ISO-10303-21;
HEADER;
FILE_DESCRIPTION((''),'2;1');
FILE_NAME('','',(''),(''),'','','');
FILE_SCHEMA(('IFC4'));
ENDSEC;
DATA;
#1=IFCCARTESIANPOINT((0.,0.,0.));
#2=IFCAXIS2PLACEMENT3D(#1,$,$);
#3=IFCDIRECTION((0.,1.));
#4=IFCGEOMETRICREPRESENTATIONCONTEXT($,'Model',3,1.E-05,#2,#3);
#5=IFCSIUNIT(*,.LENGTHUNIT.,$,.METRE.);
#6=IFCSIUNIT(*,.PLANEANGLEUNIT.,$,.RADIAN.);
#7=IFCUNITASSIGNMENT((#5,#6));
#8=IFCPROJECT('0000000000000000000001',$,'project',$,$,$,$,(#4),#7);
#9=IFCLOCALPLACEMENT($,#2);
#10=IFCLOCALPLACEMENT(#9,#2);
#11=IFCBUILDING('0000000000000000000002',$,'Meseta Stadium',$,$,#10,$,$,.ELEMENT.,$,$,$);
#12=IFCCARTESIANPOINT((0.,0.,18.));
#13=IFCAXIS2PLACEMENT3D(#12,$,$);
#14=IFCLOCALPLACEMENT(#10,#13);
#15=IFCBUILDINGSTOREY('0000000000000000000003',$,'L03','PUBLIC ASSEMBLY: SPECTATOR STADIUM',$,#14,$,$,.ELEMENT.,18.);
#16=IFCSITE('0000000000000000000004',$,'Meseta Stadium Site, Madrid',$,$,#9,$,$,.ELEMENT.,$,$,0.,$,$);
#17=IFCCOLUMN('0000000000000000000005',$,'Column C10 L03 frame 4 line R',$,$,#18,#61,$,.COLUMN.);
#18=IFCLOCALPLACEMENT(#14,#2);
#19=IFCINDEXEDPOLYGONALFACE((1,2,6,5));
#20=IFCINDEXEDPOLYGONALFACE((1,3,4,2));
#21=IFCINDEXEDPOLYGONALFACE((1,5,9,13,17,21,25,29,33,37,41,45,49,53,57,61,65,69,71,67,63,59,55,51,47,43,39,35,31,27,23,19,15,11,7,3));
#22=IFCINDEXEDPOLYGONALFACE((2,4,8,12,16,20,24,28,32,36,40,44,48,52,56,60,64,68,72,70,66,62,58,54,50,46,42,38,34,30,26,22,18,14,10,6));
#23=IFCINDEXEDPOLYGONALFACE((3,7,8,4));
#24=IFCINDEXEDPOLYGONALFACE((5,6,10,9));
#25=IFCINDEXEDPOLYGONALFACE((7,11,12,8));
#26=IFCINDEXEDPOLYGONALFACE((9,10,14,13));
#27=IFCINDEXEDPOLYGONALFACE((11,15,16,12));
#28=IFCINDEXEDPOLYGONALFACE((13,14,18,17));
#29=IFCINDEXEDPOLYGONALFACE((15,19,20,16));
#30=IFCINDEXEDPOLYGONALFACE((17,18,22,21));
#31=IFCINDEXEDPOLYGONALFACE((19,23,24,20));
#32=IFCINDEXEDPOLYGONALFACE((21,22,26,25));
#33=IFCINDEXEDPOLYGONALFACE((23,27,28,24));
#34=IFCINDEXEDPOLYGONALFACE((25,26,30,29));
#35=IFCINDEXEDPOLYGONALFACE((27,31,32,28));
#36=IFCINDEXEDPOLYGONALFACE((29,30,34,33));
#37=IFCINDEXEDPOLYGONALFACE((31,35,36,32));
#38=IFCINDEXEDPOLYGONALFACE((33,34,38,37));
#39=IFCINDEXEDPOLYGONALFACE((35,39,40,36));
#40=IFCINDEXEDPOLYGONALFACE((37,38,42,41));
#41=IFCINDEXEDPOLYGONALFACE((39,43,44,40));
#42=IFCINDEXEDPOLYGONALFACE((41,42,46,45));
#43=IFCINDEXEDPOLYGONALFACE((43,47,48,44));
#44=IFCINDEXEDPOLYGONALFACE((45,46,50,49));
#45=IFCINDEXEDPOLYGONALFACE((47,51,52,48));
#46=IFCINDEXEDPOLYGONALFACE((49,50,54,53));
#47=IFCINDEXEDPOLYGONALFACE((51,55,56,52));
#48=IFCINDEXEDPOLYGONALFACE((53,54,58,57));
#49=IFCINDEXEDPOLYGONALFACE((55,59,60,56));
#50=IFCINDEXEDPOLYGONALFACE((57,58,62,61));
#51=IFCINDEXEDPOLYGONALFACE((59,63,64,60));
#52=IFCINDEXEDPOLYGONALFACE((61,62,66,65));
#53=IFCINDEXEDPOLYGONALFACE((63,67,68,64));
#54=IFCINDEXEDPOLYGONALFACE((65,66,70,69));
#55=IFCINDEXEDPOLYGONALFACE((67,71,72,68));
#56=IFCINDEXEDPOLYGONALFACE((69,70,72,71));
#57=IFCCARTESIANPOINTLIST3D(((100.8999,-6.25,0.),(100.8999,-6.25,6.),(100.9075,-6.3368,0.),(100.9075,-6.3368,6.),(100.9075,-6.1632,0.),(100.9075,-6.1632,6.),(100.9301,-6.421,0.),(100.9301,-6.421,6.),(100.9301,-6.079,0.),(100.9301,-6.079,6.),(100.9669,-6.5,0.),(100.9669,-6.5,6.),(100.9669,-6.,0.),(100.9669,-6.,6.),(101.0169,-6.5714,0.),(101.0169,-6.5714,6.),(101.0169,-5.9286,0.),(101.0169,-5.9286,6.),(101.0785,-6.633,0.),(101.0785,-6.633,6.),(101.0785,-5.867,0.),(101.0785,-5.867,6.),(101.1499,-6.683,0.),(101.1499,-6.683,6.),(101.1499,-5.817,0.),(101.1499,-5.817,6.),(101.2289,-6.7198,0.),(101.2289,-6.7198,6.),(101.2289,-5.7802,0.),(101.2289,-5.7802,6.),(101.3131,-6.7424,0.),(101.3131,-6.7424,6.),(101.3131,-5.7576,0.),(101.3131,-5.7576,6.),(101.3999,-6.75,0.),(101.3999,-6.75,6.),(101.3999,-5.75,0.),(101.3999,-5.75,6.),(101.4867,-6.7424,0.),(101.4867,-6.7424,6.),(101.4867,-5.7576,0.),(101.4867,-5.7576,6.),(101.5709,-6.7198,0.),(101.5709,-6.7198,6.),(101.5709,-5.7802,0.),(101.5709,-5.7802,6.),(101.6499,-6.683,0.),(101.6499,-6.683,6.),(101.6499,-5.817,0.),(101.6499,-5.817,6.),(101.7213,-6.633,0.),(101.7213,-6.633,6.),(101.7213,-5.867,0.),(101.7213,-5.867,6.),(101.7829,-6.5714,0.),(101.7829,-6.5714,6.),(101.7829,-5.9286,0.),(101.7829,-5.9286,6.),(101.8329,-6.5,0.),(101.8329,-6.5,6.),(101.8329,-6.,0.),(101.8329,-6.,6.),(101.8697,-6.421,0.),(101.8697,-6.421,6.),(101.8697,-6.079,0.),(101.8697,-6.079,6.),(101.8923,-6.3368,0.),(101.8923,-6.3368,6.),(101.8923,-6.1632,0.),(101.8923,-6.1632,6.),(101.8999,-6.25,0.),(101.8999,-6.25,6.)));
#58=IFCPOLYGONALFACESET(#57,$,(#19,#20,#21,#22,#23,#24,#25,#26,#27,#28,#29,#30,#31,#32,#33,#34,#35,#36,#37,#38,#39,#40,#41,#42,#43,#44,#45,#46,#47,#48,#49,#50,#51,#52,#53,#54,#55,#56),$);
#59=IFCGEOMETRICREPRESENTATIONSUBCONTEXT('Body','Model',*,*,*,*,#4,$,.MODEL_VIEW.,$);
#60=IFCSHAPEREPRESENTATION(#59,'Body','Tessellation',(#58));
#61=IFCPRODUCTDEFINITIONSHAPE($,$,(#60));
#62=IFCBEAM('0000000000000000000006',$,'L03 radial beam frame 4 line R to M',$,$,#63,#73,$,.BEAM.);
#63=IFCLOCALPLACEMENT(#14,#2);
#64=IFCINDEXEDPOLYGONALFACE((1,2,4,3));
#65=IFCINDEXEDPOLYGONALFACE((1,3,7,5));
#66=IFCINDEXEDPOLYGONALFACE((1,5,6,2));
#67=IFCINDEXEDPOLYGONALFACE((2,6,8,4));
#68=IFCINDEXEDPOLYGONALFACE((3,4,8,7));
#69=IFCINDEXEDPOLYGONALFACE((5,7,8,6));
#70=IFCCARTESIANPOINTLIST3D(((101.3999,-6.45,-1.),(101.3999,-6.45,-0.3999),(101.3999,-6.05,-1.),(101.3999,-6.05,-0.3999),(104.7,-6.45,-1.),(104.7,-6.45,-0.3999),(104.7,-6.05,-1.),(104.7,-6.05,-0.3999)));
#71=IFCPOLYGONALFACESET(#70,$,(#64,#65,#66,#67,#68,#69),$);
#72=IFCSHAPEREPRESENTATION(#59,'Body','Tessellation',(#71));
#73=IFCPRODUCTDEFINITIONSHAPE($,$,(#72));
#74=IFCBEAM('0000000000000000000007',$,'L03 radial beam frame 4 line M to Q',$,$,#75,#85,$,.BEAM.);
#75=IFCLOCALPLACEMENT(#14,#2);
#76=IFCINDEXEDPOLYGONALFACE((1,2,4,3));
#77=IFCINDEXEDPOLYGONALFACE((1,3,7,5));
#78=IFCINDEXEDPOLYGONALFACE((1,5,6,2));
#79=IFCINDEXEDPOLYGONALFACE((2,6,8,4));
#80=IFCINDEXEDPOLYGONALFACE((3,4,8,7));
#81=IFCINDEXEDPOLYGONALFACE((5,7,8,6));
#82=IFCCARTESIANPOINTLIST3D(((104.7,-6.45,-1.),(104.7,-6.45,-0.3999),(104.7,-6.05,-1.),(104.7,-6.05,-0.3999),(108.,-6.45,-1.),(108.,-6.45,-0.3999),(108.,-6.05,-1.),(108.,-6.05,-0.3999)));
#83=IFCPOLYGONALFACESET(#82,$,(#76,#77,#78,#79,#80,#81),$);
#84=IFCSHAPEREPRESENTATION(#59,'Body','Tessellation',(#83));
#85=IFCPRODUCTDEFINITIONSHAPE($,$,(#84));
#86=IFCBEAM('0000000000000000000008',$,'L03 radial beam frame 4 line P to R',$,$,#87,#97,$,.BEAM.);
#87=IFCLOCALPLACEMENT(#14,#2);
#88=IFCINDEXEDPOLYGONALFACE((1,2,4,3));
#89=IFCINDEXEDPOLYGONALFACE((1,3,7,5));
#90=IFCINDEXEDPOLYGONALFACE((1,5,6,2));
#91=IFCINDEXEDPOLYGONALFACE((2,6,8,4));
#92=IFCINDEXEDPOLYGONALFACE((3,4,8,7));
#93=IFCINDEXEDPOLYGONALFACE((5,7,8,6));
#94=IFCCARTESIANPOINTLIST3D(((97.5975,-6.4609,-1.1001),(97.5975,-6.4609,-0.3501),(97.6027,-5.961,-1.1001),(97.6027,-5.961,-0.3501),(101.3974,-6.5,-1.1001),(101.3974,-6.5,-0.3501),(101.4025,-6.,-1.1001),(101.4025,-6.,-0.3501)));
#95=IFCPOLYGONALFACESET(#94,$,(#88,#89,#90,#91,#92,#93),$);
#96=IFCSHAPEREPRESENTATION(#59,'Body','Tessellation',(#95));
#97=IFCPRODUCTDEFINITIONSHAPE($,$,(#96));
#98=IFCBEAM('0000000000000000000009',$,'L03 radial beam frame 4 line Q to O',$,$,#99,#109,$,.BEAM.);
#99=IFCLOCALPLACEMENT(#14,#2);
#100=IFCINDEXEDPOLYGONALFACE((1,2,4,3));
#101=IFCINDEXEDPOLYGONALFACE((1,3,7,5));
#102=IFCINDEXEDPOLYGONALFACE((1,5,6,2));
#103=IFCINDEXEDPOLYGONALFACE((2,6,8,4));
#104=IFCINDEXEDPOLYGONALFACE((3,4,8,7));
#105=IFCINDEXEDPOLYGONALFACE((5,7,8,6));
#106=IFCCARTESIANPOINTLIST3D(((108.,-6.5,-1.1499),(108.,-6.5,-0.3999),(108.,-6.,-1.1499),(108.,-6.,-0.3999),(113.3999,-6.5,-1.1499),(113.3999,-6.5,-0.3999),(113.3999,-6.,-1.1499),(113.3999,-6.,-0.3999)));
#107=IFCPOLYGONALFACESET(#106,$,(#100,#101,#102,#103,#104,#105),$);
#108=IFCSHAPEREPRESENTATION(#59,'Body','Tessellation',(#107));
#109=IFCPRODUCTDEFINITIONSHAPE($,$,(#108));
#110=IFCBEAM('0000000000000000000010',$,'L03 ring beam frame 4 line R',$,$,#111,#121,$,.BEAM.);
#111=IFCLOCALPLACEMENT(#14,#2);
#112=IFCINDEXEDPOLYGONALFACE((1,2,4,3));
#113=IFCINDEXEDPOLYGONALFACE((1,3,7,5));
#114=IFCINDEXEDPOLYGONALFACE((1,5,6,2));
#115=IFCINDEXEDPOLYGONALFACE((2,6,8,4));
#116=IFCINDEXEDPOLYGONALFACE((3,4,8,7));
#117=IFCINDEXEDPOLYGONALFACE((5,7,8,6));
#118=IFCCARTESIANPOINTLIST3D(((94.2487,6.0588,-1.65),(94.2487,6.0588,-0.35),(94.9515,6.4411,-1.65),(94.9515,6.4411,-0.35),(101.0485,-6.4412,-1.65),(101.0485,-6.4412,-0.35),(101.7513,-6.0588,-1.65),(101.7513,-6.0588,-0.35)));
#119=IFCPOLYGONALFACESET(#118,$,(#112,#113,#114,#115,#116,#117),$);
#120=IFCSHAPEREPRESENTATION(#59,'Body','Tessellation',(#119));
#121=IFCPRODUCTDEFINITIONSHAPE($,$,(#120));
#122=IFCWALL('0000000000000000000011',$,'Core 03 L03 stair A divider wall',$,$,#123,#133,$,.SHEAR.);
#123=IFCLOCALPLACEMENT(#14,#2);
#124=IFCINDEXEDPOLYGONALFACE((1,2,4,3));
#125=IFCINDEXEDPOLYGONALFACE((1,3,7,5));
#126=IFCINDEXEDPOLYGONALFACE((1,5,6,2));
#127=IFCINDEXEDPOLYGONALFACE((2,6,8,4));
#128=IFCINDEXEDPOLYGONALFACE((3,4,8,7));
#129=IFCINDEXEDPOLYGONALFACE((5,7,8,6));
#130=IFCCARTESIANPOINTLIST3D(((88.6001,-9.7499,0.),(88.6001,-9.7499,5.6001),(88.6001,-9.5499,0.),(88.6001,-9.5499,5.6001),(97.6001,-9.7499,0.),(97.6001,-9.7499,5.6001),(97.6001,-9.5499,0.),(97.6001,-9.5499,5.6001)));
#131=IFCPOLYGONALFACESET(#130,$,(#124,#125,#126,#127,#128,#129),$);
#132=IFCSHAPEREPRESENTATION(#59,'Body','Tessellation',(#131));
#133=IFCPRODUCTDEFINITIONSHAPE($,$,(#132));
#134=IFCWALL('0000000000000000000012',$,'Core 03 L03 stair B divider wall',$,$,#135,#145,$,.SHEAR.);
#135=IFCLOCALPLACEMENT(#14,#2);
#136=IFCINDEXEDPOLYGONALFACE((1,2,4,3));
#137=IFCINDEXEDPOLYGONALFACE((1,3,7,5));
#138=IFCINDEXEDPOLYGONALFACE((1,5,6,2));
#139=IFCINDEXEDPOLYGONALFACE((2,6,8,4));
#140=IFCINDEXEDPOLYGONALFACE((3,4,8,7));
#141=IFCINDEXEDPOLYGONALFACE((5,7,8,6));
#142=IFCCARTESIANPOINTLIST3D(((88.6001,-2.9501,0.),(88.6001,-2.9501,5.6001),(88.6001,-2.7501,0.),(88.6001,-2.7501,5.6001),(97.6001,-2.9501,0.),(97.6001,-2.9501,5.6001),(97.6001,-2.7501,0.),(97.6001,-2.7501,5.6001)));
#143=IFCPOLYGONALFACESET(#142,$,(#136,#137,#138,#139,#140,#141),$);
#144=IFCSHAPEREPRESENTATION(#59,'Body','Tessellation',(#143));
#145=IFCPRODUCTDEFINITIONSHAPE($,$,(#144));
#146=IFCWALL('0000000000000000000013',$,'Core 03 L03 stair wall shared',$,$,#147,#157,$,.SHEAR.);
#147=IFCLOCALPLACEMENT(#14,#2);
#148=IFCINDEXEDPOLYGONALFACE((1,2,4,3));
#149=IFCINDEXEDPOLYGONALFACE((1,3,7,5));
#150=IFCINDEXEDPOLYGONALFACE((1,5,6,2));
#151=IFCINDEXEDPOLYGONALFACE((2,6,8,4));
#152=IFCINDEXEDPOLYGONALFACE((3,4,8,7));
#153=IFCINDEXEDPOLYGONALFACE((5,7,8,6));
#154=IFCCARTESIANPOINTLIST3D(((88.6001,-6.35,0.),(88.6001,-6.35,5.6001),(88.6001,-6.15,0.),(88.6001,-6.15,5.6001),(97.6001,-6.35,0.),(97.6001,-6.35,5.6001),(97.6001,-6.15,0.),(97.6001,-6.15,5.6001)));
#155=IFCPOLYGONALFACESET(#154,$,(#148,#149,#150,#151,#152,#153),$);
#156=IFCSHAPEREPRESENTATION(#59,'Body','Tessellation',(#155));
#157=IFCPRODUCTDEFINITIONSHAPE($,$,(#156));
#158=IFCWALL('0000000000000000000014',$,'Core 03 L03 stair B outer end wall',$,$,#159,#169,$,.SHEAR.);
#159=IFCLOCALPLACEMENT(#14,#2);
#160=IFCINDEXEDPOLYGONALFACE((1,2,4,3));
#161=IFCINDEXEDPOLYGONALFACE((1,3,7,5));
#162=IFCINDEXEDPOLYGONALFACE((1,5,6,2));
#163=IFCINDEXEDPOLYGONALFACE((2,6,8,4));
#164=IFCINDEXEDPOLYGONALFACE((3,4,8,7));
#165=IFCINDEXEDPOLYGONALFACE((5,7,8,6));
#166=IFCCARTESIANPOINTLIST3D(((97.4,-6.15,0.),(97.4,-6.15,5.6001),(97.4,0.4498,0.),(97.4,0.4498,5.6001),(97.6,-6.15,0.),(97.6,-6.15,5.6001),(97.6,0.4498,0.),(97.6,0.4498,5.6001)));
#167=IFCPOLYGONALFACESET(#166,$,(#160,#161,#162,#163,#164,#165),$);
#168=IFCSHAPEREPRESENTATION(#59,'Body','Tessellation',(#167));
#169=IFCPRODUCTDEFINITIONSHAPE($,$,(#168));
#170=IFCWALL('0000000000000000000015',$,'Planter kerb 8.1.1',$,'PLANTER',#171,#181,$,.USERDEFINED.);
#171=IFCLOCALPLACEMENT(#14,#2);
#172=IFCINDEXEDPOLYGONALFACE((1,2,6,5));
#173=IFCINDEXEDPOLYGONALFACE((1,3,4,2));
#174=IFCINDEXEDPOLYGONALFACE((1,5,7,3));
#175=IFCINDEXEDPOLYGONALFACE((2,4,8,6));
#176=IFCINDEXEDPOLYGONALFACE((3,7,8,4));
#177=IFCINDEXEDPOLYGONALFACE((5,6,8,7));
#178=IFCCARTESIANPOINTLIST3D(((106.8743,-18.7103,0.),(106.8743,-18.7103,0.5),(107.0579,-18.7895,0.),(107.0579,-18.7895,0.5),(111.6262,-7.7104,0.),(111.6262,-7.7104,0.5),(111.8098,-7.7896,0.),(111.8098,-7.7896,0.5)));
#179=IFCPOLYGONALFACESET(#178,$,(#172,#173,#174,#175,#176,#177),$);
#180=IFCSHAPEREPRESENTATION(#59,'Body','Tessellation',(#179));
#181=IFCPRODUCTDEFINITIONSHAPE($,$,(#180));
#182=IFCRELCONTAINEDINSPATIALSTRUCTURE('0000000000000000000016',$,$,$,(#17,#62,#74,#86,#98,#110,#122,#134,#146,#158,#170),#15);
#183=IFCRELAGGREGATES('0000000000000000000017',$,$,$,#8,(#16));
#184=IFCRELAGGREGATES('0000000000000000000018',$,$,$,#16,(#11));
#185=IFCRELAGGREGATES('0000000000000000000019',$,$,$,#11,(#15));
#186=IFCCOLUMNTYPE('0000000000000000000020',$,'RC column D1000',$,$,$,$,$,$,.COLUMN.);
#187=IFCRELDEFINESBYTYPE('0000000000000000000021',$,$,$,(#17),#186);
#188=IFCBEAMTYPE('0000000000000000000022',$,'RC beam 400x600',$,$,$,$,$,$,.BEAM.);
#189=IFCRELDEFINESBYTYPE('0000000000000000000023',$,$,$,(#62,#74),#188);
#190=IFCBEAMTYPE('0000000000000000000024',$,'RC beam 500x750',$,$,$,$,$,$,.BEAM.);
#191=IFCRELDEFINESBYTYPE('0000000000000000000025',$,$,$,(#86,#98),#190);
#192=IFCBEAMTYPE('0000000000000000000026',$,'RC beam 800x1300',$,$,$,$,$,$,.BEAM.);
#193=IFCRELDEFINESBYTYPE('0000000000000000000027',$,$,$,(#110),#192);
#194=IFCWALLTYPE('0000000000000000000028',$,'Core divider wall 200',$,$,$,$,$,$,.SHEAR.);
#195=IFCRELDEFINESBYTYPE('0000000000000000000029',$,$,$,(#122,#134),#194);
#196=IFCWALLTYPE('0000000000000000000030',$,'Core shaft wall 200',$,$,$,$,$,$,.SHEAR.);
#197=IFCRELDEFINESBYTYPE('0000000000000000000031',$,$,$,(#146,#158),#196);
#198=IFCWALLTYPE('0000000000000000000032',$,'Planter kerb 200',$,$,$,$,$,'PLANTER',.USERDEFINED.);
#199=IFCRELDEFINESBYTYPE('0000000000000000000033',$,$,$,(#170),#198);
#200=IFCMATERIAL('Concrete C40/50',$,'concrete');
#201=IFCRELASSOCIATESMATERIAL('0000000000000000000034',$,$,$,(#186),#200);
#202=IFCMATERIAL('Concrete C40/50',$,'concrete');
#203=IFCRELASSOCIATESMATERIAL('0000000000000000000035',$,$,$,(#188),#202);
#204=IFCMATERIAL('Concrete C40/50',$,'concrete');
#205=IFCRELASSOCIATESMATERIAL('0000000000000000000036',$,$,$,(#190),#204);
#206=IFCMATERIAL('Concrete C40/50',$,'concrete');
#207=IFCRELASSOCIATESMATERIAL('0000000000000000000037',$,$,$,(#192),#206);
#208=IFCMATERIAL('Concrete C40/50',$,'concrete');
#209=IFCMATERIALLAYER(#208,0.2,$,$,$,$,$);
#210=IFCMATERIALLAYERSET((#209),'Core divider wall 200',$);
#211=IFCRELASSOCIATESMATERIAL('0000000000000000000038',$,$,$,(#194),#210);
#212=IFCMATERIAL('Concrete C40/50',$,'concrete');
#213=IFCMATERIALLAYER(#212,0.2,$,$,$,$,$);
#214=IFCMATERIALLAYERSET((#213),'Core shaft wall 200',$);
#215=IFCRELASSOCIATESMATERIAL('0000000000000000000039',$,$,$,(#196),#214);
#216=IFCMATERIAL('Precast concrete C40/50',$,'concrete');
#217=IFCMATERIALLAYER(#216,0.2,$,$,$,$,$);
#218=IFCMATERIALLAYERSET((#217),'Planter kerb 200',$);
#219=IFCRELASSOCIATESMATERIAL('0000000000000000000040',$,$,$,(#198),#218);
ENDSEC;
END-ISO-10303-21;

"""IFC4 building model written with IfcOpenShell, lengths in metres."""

from ifc_helpers import new_model, si_unit, direction, frame, frame_2d, origin, origin_2d, place, context, subcontext, project, spatial, rectangle, circle, extrude, material, layer, layer_set, material_profile, profile_set, type_object, element, save


model = new_model("IFC4")

# Units and contexts
model_context = context("Model", 3, precision=1e-05, world=origin(), true_north=direction((0.0, 1.0)))
body_context = subcontext(model_context, "Body", "Model", "MODEL_VIEW")
ifc_project = project(units=[si_unit("LENGTHUNIT", "METRE"), si_unit("PLANEANGLEUNIT", "RADIAN")], contexts=[model_context])

# Site, building, storey
site_placement = place(None, origin())
site = spatial("IfcSite", under=ifc_project, at=site_placement, Name="Meseta Stadium Site, Madrid", CompositionType="ELEMENT", RefElevation=0.0)
building_placement = place(site_placement, origin())
building = spatial("IfcBuilding", under=site, at=building_placement, Name="Meseta Stadium", CompositionType="ELEMENT")
storey_placement = place(building_placement, frame((0.0, 0.0, 18.0)))
storey = spatial("IfcBuildingStorey", under=building, at=storey_placement, Name="L03", Description="PUBLIC ASSEMBLY: SPECTATOR STADIUM", CompositionType="ELEMENT", Elevation=18.0)

# Column
ifc_material_1 = material(Name="Concrete C40/50", Category="concrete")
ifc_material_profile_1 = material_profile(ifc_material_1, circle(Radius=0.5, at=origin_2d()), Name="RC D1000")
ifc_profile_set_1 = profile_set([ifc_material_profile_1], Name="Concrete C40/50")
column_type = type_object("IfcColumnType", Name="RC column D1000", PredefinedType="COLUMN", material=ifc_profile_set_1)
column_placement = place(storey_placement, frame((101.3999, -6.25, 0.0), z_axis=(0.0, 0.0, 1.0), x_axis=(1.0, 0.0, 0.0)))
element("IfcColumn", 1, at=column_placement, inside=storey, type_object=column_type, Name="Column C10 L03 frame 4 line R", PredefinedType="COLUMN", context=body_context, shape_type="SweptSolid", body=[
    extrude(circle(Radius=0.5, at=origin_2d()), origin(), (0.0, 0.0, 1.0), 6.0),
])

# Beams
ifc_material_2 = material(Name="Concrete C40/50", Category="concrete")
ifc_material_profile_2 = material_profile(ifc_material_2, rectangle(XDim=0.3999, YDim=0.6001, at=origin_2d()), Name="RC 400x600")
ifc_profile_set_2 = profile_set([ifc_material_profile_2], Name="Concrete C40/50")
beam_type_1 = type_object("IfcBeamType", Name="RC beam 400x600", PredefinedType="BEAM", material=ifc_profile_set_2)
for number, where, z_axis, x_axis, name in (
    (2, (101.3999, -6.25, -0.7), (1.0, 0.0, 0.0), (0.0, 1.0, 0.0), "L03 radial beam frame 4 line R to M"),
    (3, (104.7, -6.25, -0.7), (1.0, 0.0, 0.0), (0.0, 1.0, 0.0), "L03 radial beam frame 4 line M to Q"),
):
    element("IfcBeam", number, at=place(storey_placement, frame(where, z_axis=z_axis, x_axis=x_axis)), inside=storey, type_object=beam_type_1, Name=name, PredefinedType="BEAM", context=body_context, shape_type="SweptSolid", body=[
        extrude(rectangle(XDim=0.3999, YDim=0.6001, at=origin_2d()), origin(), (0.0, 0.0, 1.0), 3.3),
    ])
ifc_material_3 = material(Name="Concrete C40/50", Category="concrete")
ifc_material_profile_3 = material_profile(ifc_material_3, rectangle(XDim=0.5, YDim=0.75, at=origin_2d()), Name="RC 500x750")
ifc_profile_set_3 = profile_set([ifc_material_profile_3], Name="Concrete C40/50")
beam_type_2 = type_object("IfcBeamType", Name="RC beam 500x750", PredefinedType="BEAM", material=ifc_profile_set_3)
beam_1_placement = place(storey_placement, frame((97.6001, -6.2109, -0.7251), z_axis=(0.999947, -0.01028, 0.0), x_axis=(0.01028, 0.999947, 0.0)))
element("IfcBeam", 4, at=beam_1_placement, inside=storey, type_object=beam_type_2, Name="L03 radial beam frame 4 line P to R", PredefinedType="BEAM", context=body_context, shape_type="SweptSolid", body=[
    extrude(rectangle(XDim=0.5, YDim=0.75, at=origin_2d()), origin(), (0.0, 0.0, 1.0), 3.8),
])
beam_2_placement = place(storey_placement, frame((108.0, -6.25, -0.7749), z_axis=(1.0, 0.0, 0.0), x_axis=(0.0, 1.0, 0.0)))
element("IfcBeam", 5, at=beam_2_placement, inside=storey, type_object=beam_type_2, Name="L03 radial beam frame 4 line Q to O", PredefinedType="BEAM", context=body_context, shape_type="SweptSolid", body=[
    extrude(rectangle(XDim=0.5, YDim=0.75, at=origin_2d()), origin(), (0.0, 0.0, 1.0), 5.3999),
])
ifc_material_4 = material(Name="Concrete C40/50", Category="concrete")
ifc_material_profile_4 = material_profile(ifc_material_4, rectangle(XDim=0.8, YDim=1.3, at=origin_2d()), Name="RC 800x1300")
ifc_profile_set_4 = profile_set([ifc_material_profile_4], Name="Concrete C40/50")
beam_type_3 = type_object("IfcBeamType", Name="RC beam 800x1300", PredefinedType="BEAM", material=ifc_profile_set_4)
beam_3_placement = place(storey_placement, frame((101.3999, -6.25, -1.0), z_axis=(-0.477856, 0.878438, 0.0), x_axis=(-0.878438, -0.477856, 0.0)))
element("IfcBeam", 6, at=beam_3_placement, inside=storey, type_object=beam_type_3, Name="L03 ring beam frame 4 line R", PredefinedType="BEAM", context=body_context, shape_type="SweptSolid", body=[
    extrude(rectangle(XDim=0.8, YDim=1.3, at=origin_2d()), origin(), (0.0, 0.0, 1.0), 14.2297),
])

# Walls
ifc_material_5 = material(Name="Concrete C40/50", Category="concrete")
ifc_layer_1 = layer(ifc_material_5, 0.2)
ifc_layer_set_1 = layer_set([ifc_layer_1], Name="Core divider wall 200")
wall_type_1 = type_object("IfcWallType", Name="Core divider wall 200", PredefinedType="SHEAR", material=ifc_layer_set_1)
for number, where, z_axis, x_axis, name in (
    (7, (97.6001, -9.6499, 0.0), (0.0, 0.0, 1.0), (-1.0, 0.0, 0.0), "Core 03 L03 stair A divider wall"),
    (8, (97.6001, -2.8501, 0.0), (0.0, 0.0, 1.0), (-1.0, 0.0, 0.0), "Core 03 L03 stair B divider wall"),
):
    element("IfcWall", number, at=place(storey_placement, frame(where, z_axis=z_axis, x_axis=x_axis)), inside=storey, type_object=wall_type_1, Name=name, PredefinedType="SHEAR", context=body_context, shape_type="SweptSolid", body=[
        extrude(rectangle(XDim=9.0, YDim=0.2, at=frame_2d((4.5, 0.0))), origin(), (0.0, 0.0, 1.0), 5.6001),
    ])
ifc_material_6 = material(Name="Concrete C40/50", Category="concrete")
ifc_layer_2 = layer(ifc_material_6, 0.2)
ifc_layer_set_2 = layer_set([ifc_layer_2], Name="Core shaft wall 200")
wall_type_2 = type_object("IfcWallType", Name="Core shaft wall 200", PredefinedType="SHEAR", material=ifc_layer_set_2)
wall_1_placement = place(storey_placement, frame((97.6001, -6.25, 0.0), z_axis=(0.0, 0.0, 1.0), x_axis=(-1.0, 0.0, 0.0)))
element("IfcWall", 9, at=wall_1_placement, inside=storey, type_object=wall_type_2, Name="Core 03 L03 stair wall shared", PredefinedType="SHEAR", context=body_context, shape_type="SweptSolid", body=[
    extrude(rectangle(XDim=9.0, YDim=0.2, at=frame_2d((4.5, 0.0))), origin(), (0.0, 0.0, 1.0), 5.6001),
])
wall_2_placement = place(storey_placement, frame((97.5, -6.1499, 0.0), z_axis=(0.0, 0.0, 1.0), x_axis=(0.0, 1.0, 0.0)))
element("IfcWall", 10, at=wall_2_placement, inside=storey, type_object=wall_type_2, Name="Core 03 L03 stair B outer end wall", PredefinedType="SHEAR", context=body_context, shape_type="SweptSolid", body=[
    extrude(rectangle(XDim=6.5999, YDim=0.2, at=frame_2d((3.2998, 0.0))), origin(), (0.0, 0.0, 1.0), 5.6001),
])
ifc_material_7 = material(Name="Precast concrete C40/50", Category="concrete")
ifc_layer_3 = layer(ifc_material_7, 0.2)
ifc_layer_set_3 = layer_set([ifc_layer_3], Name="Planter kerb 200")
wall_type_3 = type_object("IfcWallType", Name="Planter kerb 200", ElementType="PLANTER", PredefinedType="USERDEFINED", material=ifc_layer_set_3)
wall_3_placement = place(storey_placement, frame((111.718, -7.75, 0.0), z_axis=(0.0, 0.0, 1.0), x_axis=(-0.396573, -0.918003, 0.0)))
element("IfcWall", 11, at=wall_3_placement, inside=storey, type_object=wall_type_3, Name="Planter kerb 8.1.1", ObjectType="PLANTER", PredefinedType="USERDEFINED", context=body_context, shape_type="SweptSolid", body=[
    extrude(rectangle(XDim=11.9824, YDim=0.2, at=frame_2d((5.9912, 0.0))), origin(), (0.0, 0.0, 1.0), 0.5),
])

save(model, "model.ifc")
